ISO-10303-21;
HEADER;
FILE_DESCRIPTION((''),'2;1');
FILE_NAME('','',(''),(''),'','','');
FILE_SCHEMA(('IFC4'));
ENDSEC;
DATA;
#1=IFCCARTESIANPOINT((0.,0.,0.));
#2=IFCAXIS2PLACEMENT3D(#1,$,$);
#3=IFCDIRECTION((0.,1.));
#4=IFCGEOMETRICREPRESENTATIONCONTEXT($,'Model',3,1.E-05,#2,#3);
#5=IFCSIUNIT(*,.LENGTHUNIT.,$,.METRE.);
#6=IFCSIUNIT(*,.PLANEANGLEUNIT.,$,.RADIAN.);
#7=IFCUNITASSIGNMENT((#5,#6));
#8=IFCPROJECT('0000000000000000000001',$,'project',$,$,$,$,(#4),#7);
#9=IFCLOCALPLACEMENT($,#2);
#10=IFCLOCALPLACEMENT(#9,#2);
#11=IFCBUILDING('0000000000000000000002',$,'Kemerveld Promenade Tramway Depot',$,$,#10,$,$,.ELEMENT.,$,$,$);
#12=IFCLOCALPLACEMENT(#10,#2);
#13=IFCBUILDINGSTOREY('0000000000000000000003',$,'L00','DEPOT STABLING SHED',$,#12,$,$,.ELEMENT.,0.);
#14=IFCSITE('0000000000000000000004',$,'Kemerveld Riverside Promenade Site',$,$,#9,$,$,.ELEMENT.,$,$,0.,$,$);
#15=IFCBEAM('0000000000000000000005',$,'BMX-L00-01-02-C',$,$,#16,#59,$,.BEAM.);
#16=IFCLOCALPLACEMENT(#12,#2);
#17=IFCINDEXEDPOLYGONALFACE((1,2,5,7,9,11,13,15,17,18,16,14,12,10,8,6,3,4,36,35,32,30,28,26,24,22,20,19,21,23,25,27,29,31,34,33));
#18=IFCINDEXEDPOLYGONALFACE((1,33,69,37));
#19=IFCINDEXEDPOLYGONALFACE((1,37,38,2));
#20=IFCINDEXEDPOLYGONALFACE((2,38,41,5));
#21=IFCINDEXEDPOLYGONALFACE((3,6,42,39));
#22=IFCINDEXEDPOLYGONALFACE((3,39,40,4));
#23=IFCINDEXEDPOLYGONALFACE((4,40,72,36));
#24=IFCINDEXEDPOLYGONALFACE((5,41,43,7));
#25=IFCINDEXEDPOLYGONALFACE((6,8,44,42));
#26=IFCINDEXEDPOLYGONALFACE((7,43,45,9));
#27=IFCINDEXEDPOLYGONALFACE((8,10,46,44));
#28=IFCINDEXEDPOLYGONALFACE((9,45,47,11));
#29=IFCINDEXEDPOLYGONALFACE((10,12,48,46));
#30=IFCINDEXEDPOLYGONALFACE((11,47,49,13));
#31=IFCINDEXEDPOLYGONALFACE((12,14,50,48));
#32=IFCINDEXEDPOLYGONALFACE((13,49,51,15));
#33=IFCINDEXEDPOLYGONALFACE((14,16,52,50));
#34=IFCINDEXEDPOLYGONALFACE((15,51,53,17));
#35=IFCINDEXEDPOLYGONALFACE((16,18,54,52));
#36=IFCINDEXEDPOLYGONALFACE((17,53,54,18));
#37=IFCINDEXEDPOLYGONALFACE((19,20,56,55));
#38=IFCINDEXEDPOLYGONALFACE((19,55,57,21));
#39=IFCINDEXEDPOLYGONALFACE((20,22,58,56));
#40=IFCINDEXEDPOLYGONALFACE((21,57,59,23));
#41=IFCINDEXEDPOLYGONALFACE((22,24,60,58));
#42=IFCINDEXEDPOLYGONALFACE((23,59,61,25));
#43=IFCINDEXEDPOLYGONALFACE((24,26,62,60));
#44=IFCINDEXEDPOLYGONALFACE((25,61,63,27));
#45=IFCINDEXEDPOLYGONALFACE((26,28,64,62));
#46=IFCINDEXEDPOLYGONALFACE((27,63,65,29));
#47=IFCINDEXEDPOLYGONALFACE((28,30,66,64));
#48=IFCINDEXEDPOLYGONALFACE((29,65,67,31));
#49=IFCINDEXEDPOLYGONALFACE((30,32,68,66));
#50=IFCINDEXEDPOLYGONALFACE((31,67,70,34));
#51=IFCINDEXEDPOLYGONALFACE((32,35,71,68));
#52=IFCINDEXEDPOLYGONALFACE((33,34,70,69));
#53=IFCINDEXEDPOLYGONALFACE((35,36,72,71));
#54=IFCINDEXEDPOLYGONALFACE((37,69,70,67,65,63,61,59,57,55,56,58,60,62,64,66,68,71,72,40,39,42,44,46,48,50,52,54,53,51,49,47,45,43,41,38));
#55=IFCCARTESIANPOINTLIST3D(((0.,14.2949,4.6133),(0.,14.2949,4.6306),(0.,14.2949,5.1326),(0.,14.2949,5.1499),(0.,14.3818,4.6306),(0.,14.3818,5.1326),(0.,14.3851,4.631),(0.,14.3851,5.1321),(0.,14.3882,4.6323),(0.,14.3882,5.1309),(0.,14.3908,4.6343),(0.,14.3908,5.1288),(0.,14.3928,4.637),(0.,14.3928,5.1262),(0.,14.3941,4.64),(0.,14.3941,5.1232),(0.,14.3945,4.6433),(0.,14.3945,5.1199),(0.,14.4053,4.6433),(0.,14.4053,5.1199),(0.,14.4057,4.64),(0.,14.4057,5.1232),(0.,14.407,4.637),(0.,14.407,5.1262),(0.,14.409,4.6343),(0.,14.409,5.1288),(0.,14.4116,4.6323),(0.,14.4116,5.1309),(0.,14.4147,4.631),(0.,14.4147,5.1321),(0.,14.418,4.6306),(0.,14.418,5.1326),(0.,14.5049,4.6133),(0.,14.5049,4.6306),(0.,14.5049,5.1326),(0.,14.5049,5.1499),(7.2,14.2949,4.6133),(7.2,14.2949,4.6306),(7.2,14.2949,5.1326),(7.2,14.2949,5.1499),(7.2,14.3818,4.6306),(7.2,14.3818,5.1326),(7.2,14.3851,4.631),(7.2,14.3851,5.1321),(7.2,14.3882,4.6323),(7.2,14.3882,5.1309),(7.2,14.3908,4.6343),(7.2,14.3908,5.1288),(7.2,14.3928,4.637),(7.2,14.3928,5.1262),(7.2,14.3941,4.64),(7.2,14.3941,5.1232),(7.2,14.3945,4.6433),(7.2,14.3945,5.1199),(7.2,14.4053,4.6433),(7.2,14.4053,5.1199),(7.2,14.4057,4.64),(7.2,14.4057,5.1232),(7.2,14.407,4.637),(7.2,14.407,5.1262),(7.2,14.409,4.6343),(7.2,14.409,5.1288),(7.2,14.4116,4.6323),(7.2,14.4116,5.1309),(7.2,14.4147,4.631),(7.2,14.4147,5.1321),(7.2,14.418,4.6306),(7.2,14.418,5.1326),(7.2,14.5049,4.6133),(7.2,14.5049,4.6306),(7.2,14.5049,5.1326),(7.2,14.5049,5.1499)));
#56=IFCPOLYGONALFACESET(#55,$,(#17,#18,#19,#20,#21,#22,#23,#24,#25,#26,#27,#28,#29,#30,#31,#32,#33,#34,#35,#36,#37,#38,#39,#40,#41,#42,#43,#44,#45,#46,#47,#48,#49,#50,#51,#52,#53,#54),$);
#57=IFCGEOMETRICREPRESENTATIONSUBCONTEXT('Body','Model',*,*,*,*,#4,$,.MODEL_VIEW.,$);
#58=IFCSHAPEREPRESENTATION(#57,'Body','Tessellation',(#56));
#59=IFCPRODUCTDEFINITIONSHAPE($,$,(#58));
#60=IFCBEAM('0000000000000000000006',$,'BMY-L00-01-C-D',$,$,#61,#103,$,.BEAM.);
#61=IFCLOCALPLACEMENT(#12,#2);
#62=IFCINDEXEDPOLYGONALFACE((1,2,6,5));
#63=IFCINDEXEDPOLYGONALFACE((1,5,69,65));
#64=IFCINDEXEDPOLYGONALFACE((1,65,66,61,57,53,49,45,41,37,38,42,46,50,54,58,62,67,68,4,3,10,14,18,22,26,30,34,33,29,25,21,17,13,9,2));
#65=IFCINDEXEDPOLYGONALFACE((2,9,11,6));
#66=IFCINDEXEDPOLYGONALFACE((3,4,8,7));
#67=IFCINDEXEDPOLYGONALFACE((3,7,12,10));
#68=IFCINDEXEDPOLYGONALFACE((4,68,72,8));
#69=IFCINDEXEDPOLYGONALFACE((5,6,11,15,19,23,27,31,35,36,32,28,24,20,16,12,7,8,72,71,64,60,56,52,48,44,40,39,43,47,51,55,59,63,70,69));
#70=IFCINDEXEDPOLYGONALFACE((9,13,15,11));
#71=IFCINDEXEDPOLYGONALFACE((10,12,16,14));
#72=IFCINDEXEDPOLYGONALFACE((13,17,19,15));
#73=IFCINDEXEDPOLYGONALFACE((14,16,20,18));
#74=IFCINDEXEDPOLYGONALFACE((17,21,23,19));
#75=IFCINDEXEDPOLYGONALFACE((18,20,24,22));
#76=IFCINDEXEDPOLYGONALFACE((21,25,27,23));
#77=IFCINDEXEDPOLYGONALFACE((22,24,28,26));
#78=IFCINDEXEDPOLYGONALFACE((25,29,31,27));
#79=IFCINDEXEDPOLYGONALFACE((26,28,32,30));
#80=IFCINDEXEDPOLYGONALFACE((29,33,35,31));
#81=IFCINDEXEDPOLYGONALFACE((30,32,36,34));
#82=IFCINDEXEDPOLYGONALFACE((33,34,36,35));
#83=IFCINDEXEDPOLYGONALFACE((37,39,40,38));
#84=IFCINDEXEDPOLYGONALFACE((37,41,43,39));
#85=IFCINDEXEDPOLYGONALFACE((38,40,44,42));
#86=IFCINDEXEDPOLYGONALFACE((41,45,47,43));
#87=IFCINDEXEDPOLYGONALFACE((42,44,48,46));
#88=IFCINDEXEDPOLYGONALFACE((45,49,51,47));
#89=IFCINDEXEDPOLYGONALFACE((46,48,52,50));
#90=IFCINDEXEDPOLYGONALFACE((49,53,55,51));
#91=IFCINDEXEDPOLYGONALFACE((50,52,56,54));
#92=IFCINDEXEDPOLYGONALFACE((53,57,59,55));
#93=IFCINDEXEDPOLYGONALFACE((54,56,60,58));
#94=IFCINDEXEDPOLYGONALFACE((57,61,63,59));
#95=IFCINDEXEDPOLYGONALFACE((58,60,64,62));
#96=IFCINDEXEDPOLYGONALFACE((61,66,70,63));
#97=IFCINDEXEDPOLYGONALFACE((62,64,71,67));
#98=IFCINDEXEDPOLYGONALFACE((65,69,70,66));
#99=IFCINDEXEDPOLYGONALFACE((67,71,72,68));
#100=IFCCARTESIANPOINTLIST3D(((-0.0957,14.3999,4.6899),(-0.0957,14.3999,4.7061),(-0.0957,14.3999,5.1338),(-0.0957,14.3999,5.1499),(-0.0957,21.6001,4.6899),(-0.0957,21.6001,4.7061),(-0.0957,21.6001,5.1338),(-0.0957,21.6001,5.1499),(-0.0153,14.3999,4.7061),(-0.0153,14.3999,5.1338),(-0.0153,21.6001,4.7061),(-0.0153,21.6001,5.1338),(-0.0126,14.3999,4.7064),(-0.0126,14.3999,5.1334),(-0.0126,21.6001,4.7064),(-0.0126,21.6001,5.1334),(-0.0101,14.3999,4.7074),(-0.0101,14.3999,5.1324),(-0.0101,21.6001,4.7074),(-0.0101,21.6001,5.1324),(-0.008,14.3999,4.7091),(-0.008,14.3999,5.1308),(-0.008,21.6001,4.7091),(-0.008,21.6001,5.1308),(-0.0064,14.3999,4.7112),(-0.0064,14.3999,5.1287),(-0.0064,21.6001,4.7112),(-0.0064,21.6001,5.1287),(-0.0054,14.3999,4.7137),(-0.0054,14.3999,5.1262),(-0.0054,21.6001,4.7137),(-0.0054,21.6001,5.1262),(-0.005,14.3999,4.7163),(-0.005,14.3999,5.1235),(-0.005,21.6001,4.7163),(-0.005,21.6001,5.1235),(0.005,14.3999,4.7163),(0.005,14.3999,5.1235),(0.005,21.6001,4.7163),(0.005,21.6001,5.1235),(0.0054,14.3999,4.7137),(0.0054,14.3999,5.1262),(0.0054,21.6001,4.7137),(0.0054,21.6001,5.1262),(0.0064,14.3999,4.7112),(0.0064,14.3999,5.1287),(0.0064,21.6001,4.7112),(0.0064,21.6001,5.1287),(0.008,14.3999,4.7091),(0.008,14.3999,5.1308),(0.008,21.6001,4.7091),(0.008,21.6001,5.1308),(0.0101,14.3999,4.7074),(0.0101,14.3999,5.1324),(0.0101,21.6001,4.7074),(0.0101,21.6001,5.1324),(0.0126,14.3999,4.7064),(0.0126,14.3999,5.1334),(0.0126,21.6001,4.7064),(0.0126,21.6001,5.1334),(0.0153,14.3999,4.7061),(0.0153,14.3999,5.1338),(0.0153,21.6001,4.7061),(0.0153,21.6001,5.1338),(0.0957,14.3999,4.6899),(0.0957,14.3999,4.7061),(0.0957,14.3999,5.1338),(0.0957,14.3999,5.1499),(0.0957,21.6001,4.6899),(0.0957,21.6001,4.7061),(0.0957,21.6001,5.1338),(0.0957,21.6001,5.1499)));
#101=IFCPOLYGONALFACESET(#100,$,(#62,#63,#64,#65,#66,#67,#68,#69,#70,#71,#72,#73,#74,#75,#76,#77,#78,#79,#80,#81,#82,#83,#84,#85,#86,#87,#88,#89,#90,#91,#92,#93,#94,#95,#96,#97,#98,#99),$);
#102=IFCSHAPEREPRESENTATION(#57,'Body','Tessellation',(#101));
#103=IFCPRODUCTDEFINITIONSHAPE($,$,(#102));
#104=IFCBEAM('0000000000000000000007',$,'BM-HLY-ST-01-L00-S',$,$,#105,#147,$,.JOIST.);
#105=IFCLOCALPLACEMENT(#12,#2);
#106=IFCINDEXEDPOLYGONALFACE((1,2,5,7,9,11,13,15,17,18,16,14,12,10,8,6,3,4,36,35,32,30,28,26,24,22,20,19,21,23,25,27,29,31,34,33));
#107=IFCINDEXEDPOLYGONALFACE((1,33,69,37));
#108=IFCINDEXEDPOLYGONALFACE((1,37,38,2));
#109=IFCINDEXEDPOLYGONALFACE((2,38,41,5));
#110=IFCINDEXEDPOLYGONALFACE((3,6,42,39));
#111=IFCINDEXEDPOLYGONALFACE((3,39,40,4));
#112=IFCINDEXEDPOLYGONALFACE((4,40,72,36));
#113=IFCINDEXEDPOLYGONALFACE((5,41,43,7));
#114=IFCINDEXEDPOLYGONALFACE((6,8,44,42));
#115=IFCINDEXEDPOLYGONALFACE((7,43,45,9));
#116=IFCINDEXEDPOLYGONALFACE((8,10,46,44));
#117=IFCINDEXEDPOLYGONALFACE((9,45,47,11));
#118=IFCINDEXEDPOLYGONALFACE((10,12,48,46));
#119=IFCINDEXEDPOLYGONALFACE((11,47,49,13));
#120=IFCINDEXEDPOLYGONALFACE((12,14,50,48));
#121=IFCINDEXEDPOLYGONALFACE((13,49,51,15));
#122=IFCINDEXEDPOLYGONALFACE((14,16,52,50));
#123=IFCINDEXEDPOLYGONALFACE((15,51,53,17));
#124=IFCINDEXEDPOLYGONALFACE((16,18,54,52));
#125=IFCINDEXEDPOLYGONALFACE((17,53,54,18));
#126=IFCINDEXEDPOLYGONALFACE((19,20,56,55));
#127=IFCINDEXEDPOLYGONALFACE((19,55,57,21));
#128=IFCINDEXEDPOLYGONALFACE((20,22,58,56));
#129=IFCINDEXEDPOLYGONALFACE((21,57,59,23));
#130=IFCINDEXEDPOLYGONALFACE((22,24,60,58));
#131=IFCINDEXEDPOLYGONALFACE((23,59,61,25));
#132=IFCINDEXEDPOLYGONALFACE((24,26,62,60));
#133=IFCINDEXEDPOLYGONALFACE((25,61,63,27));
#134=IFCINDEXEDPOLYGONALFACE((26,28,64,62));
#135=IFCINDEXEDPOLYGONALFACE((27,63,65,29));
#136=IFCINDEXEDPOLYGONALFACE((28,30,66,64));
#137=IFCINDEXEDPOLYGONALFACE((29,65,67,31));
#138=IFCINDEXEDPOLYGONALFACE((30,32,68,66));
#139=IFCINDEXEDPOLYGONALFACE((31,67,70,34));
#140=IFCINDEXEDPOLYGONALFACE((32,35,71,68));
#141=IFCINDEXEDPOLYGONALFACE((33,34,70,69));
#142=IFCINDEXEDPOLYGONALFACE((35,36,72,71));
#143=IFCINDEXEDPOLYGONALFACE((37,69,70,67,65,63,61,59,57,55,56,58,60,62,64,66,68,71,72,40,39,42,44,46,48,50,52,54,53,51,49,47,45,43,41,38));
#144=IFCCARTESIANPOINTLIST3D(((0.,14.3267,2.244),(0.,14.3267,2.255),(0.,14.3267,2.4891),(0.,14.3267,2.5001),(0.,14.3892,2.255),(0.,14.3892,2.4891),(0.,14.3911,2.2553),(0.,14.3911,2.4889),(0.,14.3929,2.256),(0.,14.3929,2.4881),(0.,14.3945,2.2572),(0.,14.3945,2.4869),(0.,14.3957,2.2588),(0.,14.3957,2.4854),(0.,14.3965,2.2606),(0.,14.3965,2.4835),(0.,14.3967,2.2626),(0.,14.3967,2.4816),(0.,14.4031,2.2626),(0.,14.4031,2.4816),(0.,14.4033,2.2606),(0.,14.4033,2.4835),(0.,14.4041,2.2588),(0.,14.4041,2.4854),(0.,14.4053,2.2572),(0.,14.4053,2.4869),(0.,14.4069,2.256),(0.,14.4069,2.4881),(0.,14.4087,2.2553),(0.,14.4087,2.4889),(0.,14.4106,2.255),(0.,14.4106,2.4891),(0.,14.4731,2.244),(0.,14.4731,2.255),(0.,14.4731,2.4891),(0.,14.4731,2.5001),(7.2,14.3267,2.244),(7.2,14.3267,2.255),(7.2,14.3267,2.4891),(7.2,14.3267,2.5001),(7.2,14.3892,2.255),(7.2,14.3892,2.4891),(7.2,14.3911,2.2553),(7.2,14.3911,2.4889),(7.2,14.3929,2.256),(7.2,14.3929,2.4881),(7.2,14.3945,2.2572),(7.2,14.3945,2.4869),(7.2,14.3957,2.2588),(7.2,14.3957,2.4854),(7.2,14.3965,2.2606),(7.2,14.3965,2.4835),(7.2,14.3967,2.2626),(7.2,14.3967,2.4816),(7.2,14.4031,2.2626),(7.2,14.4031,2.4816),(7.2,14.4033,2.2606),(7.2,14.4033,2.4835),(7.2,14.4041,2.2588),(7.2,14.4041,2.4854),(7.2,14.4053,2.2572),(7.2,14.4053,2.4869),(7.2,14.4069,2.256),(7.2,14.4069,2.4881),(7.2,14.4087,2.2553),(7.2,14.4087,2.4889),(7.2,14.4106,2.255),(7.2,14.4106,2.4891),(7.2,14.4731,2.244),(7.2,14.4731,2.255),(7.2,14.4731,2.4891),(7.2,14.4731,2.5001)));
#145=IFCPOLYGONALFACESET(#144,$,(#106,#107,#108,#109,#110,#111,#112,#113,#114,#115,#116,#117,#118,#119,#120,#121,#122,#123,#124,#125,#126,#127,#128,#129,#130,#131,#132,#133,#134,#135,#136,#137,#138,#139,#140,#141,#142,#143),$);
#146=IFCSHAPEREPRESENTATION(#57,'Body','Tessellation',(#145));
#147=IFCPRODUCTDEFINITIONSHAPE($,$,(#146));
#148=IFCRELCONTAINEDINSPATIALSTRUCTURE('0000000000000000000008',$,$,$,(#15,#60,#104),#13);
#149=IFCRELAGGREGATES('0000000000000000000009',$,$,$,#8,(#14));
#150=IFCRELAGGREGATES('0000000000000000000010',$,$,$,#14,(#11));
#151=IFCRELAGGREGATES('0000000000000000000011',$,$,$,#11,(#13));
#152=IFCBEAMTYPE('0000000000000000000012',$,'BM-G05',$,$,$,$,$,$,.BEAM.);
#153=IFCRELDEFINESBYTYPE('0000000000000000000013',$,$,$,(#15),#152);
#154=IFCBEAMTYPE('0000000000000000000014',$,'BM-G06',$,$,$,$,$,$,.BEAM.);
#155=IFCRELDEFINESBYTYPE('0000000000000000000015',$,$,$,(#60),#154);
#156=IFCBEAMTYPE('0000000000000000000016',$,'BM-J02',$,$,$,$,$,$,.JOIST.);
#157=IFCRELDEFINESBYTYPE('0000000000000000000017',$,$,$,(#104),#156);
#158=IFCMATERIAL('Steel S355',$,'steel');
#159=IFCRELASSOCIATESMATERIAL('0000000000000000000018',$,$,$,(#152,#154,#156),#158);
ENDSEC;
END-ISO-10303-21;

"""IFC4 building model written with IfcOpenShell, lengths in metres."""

from ifc_helpers import new_model, si_unit, direction, frame, origin, origin_2d, place, context, subcontext, project, spatial, i_section, extrude, material, material_profile, profile_set, type_object, element, save


model = new_model("IFC4")

# Units and contexts
model_context = context("Model", 3, precision=1e-05, world=origin(), true_north=direction((0.0, 1.0)))
body_context = subcontext(model_context, "Body", "Model", "MODEL_VIEW")
ifc_project = project(units=[si_unit("LENGTHUNIT", "METRE"), si_unit("PLANEANGLEUNIT", "RADIAN")], contexts=[model_context])

# Site, building, storey
site_placement = place(None, origin())
site = spatial("IfcSite", under=ifc_project, at=site_placement, Name="Kemerveld Riverside Promenade Site", CompositionType="ELEMENT", RefElevation=0.0)
building_placement = place(site_placement, origin())
building = spatial("IfcBuilding", under=site, at=building_placement, Name="Kemerveld Promenade Tramway Depot", CompositionType="ELEMENT")
storey_placement = place(building_placement, origin())
storey = spatial("IfcBuildingStorey", under=building, at=storey_placement, Name="L00", Description="DEPOT STABLING SHED", CompositionType="ELEMENT", Elevation=0.0)

# Shared definitions
ifc_material_1 = material(Name="Steel S355", Category="steel")

# Beams
ifc_material_profile_1 = material_profile(ifc_material_1, i_section(OverallWidth=0.21, OverallDepth=0.5366, WebThickness=0.0107, FlangeThickness=0.0173, FilletRadius=0.0127, at=origin_2d()), Name="533x210x101 UB")
ifc_profile_set_1 = profile_set([ifc_material_profile_1], Name="Steel S355")
beam_type_1 = type_object("IfcBeamType", Name="BM-G05", PredefinedType="BEAM", material=ifc_profile_set_1)
beam_1_placement = place(storey_placement, frame((0.0, 14.3999, 4.8816), z_axis=(1.0, 0.0, 0.0), x_axis=(0.0, 1.0, 0.0)))
element("IfcBeam", 1, at=beam_1_placement, inside=storey, type_object=beam_type_1, Name="BMX-L00-01-02-C", PredefinedType="BEAM", context=body_context, shape_type="SweptSolid", body=[
    extrude(i_section(OverallWidth=0.21, OverallDepth=0.5366, WebThickness=0.0107, FlangeThickness=0.0173, FilletRadius=0.0127, at=origin_2d()), origin(), (0.0, 0.0, 1.0), 7.2),
])
ifc_material_profile_2 = material_profile(ifc_material_1, i_section(OverallWidth=0.1914, OverallDepth=0.46, WebThickness=0.01, FlangeThickness=0.0161, FilletRadius=0.0103, at=origin_2d()), Name="457x191x82 UB")
ifc_profile_set_2 = profile_set([ifc_material_profile_2], Name="Steel S355")
beam_type_2 = type_object("IfcBeamType", Name="BM-G06", PredefinedType="BEAM", material=ifc_profile_set_2)
beam_2_placement = place(storey_placement, frame((0.0, 14.3999, 4.9199), z_axis=(0.0, 1.0, 0.0), x_axis=(-1.0, 0.0, 0.0)))
element("IfcBeam", 2, at=beam_2_placement, inside=storey, type_object=beam_type_2, Name="BMY-L00-01-C-D", PredefinedType="BEAM", context=body_context, shape_type="SweptSolid", body=[
    extrude(i_section(OverallWidth=0.1914, OverallDepth=0.46, WebThickness=0.01, FlangeThickness=0.0161, FilletRadius=0.0103, at=origin_2d()), origin(), (0.0, 0.0, 1.0), 7.2002),
])
ifc_material_profile_3 = material_profile(ifc_material_1, i_section(OverallWidth=0.1465, OverallDepth=0.2561, WebThickness=0.0063, FlangeThickness=0.011, FilletRadius=0.0076, at=origin_2d()), Name="254x146x37 UB")
ifc_profile_set_3 = profile_set([ifc_material_profile_3], Name="Steel S355")
beam_type_3 = type_object("IfcBeamType", Name="BM-J02", PredefinedType="JOIST", material=ifc_profile_set_3)
beam_3_placement = place(storey_placement, frame((0.0, 14.3999, 2.3721), z_axis=(1.0, 0.0, 0.0), x_axis=(0.0, 1.0, 0.0)))
element("IfcBeam", 3, at=beam_3_placement, inside=storey, type_object=beam_type_3, Name="BM-HLY-ST-01-L00-S", PredefinedType="JOIST", context=body_context, shape_type="SweptSolid", body=[
    extrude(i_section(OverallWidth=0.1465, OverallDepth=0.2561, WebThickness=0.0063, FlangeThickness=0.011, FilletRadius=0.0076, at=origin_2d()), origin(), (0.0, 0.0, 1.0), 7.2),
])

save(model, "model.ifc")
